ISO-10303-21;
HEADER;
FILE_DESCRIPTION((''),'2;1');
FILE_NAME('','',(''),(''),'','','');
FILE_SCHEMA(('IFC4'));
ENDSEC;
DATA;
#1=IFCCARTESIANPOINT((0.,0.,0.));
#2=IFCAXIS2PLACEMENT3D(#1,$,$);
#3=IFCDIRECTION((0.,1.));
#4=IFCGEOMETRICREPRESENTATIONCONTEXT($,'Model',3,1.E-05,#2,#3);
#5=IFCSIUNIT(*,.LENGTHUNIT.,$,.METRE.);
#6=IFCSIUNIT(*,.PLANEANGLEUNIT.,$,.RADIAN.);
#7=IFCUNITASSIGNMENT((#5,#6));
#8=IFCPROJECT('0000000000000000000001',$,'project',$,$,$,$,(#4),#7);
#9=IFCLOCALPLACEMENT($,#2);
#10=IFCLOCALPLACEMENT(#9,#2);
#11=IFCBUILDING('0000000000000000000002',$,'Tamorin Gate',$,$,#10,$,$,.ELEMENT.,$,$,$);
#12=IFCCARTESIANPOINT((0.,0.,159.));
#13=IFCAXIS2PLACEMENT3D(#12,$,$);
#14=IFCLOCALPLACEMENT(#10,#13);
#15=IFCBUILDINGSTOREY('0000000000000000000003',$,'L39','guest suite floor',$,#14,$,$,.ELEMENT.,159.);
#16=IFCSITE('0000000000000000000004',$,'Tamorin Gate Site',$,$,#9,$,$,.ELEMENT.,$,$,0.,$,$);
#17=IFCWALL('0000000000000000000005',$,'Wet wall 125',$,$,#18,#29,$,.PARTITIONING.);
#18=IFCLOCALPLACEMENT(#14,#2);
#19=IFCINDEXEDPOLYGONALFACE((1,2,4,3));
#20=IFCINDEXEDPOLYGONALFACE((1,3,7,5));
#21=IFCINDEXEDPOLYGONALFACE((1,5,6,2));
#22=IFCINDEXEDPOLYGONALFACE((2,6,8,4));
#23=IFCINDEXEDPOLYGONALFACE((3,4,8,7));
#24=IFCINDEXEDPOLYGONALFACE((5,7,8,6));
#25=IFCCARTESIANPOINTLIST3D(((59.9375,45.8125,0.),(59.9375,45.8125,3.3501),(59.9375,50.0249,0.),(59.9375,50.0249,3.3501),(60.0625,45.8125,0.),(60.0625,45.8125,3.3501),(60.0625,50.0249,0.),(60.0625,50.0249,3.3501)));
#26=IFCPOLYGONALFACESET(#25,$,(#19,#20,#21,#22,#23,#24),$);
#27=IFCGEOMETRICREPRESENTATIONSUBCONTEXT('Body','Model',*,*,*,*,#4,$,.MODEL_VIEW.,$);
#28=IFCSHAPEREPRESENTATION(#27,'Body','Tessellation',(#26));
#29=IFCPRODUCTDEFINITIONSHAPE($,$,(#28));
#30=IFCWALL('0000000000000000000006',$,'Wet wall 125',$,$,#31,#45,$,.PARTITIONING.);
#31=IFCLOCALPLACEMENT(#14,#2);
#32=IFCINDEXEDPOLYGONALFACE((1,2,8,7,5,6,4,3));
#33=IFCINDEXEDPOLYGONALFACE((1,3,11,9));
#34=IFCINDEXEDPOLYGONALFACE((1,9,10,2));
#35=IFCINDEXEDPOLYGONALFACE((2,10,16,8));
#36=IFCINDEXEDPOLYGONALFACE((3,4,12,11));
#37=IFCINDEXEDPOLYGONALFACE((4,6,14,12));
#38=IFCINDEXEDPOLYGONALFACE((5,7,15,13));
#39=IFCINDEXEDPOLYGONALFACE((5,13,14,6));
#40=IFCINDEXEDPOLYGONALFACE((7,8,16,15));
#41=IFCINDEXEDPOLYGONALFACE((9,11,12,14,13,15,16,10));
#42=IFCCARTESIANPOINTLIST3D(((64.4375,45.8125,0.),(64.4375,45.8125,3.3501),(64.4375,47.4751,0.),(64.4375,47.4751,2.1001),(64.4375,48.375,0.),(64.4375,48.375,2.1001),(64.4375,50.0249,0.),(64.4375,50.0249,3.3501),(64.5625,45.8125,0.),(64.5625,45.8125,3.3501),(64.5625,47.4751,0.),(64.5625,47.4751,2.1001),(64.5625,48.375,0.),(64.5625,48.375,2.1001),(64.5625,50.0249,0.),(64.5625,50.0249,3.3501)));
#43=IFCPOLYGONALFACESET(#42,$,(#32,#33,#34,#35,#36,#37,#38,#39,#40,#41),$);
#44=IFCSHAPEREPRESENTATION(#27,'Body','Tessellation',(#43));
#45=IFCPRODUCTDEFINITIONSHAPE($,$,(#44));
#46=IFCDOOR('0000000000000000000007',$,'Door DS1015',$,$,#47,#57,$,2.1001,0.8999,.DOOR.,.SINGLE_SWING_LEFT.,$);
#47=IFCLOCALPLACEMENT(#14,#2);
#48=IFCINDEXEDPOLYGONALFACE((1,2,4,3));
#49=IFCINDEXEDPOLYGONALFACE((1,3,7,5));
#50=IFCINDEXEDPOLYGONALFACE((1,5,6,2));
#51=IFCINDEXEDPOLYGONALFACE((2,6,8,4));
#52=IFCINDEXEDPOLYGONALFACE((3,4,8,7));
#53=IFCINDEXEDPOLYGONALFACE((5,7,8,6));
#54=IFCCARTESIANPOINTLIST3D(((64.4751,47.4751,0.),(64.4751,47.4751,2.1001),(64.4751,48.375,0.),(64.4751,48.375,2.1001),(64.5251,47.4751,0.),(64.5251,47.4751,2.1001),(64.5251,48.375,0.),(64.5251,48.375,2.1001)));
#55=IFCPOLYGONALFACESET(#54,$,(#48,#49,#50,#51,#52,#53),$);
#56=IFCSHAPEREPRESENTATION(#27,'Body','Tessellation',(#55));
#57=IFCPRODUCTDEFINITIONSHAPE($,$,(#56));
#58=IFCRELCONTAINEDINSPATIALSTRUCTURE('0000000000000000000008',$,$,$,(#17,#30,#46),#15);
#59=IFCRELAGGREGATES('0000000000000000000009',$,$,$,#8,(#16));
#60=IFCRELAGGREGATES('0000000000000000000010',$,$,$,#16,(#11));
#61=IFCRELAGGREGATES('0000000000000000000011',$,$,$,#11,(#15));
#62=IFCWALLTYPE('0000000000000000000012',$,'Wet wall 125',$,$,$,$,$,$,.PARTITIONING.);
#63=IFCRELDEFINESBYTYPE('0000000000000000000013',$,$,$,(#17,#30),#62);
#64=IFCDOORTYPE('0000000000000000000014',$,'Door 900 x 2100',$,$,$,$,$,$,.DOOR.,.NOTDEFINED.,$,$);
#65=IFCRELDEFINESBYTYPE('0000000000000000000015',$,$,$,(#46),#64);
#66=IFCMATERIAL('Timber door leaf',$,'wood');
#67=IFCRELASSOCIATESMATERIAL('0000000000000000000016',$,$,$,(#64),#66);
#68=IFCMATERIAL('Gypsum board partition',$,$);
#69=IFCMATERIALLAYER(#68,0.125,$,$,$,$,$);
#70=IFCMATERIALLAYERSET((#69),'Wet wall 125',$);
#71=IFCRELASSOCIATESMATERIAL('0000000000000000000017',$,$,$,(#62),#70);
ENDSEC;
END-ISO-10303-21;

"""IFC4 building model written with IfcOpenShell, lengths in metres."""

from ifc_helpers import new_model, si_unit, direction, frame, frame_2d, origin, place, context, subcontext, project, spatial, rectangle, extrude, material, layer, layer_set, type_object, element, fill, save


model = new_model("IFC4")

# Units and contexts
model_context = context("Model", 3, precision=1e-05, world=origin(), true_north=direction((0.0, 1.0)))
body_context = subcontext(model_context, "Body", "Model", "MODEL_VIEW")
ifc_project = project(units=[si_unit("LENGTHUNIT", "METRE"), si_unit("PLANEANGLEUNIT", "RADIAN")], contexts=[model_context])

# Site, building, storey
site_placement = place(None, origin())
site = spatial("IfcSite", under=ifc_project, at=site_placement, Name="Tamorin Gate Site", CompositionType="ELEMENT", RefElevation=0.0)
building_placement = place(site_placement, origin())
building = spatial("IfcBuilding", under=site, at=building_placement, Name="Tamorin Gate", CompositionType="ELEMENT")
storey_placement = place(building_placement, frame((0.0, 0.0, 159.0)))
storey = spatial("IfcBuildingStorey", under=building, at=storey_placement, Name="L39", Description="guest suite floor", CompositionType="ELEMENT", Elevation=159.0)

# Shared definitions
ifc_material_1 = material(Name="Gypsum board partition")
ifc_material_2 = material(Name="Timber door leaf", Category="wood")

# Shared definitions
door_type_1 = type_object("IfcDoorType", Name="Door 900 x 2100", OperationType="NOTDEFINED", PredefinedType="DOOR", material=ifc_material_2)

# Shared definitions
ifc_layer_1 = layer(ifc_material_1, 0.125)
ifc_layer_set_1 = layer_set([ifc_layer_1], Name="Wet wall 125")
wall_type_1 = type_object("IfcWallType", Name="Wet wall 125", PredefinedType="PARTITIONING", material=ifc_layer_set_1)

# Wall
for number, where, z_axis, x_axis, name in (
    (1, (60.0, 45.8125, 0.0), (0.0, 0.0, 1.0), (0.0, 1.0, 0.0), "Wet wall 125"),
):
    element("IfcWall", number, at=place(storey_placement, frame(where, z_axis=z_axis, x_axis=x_axis)), inside=storey, type_object=wall_type_1, Name=name, PredefinedType="PARTITIONING", context=body_context, shape_type="SweptSolid", body=[
        extrude(rectangle(XDim=4.2124, YDim=0.125, at=frame_2d((2.1062, 0.0))), origin(), (0.0, 0.0, 1.0), 3.3501),
    ])

# Wall, opening, door
wall_1_placement = place(storey_placement, frame((64.5, 45.8125, 0.0), z_axis=(0.0, 0.0, 1.0), x_axis=(0.0, 1.0, 0.0)))
wall_1 = element("IfcWall", 2, at=wall_1_placement, inside=storey, type_object=wall_type_1, Name="Wet wall 125", PredefinedType="PARTITIONING", context=body_context, shape_type="SweptSolid", body=[
    extrude(rectangle(XDim=4.2124, YDim=0.125, at=frame_2d((2.1062, 0.0))), origin(), (0.0, 0.0, 1.0), 3.3501),
])
opening_1_placement = place(wall_1_placement, frame((1.6626, 0.0, 0.0)))
opening_1 = element("IfcOpeningElement", 3, at=opening_1_placement, cuts=wall_1, PredefinedType="OPENING", context=body_context, shape_type="SweptSolid", body=[
    extrude(rectangle(XDim=0.8999, YDim=2.1001, at=frame_2d((0.45, 1.05))), frame((0.0, 0.0725, 0.0), z_axis=(0.0, -1.0, 0.0), x_axis=(1.0, 0.0, 0.0)), (0.0, 0.0, 1.0), 0.145),
])
door_1_placement = place(opening_1_placement, origin())
door_1 = element("IfcDoor", 4, at=door_1_placement, inside=storey, type_object=door_type_1, Name="Door DS1015", OperationType="SINGLE_SWING_LEFT", OverallHeight=2.1001, OverallWidth=0.8999, PredefinedType="DOOR", context=body_context, shape_type="SweptSolid", body=[
    extrude(rectangle(XDim=0.8999, YDim=2.1001, at=frame_2d((0.45, 1.05))), frame((0.0, 0.0249, 0.0), z_axis=(0.0, -1.0, 0.0), x_axis=(1.0, 0.0, 0.0)), (0.0, 0.0, 1.0), 0.05),
])
fill(opening_1, door_1)

save(model, "model.ifc")
